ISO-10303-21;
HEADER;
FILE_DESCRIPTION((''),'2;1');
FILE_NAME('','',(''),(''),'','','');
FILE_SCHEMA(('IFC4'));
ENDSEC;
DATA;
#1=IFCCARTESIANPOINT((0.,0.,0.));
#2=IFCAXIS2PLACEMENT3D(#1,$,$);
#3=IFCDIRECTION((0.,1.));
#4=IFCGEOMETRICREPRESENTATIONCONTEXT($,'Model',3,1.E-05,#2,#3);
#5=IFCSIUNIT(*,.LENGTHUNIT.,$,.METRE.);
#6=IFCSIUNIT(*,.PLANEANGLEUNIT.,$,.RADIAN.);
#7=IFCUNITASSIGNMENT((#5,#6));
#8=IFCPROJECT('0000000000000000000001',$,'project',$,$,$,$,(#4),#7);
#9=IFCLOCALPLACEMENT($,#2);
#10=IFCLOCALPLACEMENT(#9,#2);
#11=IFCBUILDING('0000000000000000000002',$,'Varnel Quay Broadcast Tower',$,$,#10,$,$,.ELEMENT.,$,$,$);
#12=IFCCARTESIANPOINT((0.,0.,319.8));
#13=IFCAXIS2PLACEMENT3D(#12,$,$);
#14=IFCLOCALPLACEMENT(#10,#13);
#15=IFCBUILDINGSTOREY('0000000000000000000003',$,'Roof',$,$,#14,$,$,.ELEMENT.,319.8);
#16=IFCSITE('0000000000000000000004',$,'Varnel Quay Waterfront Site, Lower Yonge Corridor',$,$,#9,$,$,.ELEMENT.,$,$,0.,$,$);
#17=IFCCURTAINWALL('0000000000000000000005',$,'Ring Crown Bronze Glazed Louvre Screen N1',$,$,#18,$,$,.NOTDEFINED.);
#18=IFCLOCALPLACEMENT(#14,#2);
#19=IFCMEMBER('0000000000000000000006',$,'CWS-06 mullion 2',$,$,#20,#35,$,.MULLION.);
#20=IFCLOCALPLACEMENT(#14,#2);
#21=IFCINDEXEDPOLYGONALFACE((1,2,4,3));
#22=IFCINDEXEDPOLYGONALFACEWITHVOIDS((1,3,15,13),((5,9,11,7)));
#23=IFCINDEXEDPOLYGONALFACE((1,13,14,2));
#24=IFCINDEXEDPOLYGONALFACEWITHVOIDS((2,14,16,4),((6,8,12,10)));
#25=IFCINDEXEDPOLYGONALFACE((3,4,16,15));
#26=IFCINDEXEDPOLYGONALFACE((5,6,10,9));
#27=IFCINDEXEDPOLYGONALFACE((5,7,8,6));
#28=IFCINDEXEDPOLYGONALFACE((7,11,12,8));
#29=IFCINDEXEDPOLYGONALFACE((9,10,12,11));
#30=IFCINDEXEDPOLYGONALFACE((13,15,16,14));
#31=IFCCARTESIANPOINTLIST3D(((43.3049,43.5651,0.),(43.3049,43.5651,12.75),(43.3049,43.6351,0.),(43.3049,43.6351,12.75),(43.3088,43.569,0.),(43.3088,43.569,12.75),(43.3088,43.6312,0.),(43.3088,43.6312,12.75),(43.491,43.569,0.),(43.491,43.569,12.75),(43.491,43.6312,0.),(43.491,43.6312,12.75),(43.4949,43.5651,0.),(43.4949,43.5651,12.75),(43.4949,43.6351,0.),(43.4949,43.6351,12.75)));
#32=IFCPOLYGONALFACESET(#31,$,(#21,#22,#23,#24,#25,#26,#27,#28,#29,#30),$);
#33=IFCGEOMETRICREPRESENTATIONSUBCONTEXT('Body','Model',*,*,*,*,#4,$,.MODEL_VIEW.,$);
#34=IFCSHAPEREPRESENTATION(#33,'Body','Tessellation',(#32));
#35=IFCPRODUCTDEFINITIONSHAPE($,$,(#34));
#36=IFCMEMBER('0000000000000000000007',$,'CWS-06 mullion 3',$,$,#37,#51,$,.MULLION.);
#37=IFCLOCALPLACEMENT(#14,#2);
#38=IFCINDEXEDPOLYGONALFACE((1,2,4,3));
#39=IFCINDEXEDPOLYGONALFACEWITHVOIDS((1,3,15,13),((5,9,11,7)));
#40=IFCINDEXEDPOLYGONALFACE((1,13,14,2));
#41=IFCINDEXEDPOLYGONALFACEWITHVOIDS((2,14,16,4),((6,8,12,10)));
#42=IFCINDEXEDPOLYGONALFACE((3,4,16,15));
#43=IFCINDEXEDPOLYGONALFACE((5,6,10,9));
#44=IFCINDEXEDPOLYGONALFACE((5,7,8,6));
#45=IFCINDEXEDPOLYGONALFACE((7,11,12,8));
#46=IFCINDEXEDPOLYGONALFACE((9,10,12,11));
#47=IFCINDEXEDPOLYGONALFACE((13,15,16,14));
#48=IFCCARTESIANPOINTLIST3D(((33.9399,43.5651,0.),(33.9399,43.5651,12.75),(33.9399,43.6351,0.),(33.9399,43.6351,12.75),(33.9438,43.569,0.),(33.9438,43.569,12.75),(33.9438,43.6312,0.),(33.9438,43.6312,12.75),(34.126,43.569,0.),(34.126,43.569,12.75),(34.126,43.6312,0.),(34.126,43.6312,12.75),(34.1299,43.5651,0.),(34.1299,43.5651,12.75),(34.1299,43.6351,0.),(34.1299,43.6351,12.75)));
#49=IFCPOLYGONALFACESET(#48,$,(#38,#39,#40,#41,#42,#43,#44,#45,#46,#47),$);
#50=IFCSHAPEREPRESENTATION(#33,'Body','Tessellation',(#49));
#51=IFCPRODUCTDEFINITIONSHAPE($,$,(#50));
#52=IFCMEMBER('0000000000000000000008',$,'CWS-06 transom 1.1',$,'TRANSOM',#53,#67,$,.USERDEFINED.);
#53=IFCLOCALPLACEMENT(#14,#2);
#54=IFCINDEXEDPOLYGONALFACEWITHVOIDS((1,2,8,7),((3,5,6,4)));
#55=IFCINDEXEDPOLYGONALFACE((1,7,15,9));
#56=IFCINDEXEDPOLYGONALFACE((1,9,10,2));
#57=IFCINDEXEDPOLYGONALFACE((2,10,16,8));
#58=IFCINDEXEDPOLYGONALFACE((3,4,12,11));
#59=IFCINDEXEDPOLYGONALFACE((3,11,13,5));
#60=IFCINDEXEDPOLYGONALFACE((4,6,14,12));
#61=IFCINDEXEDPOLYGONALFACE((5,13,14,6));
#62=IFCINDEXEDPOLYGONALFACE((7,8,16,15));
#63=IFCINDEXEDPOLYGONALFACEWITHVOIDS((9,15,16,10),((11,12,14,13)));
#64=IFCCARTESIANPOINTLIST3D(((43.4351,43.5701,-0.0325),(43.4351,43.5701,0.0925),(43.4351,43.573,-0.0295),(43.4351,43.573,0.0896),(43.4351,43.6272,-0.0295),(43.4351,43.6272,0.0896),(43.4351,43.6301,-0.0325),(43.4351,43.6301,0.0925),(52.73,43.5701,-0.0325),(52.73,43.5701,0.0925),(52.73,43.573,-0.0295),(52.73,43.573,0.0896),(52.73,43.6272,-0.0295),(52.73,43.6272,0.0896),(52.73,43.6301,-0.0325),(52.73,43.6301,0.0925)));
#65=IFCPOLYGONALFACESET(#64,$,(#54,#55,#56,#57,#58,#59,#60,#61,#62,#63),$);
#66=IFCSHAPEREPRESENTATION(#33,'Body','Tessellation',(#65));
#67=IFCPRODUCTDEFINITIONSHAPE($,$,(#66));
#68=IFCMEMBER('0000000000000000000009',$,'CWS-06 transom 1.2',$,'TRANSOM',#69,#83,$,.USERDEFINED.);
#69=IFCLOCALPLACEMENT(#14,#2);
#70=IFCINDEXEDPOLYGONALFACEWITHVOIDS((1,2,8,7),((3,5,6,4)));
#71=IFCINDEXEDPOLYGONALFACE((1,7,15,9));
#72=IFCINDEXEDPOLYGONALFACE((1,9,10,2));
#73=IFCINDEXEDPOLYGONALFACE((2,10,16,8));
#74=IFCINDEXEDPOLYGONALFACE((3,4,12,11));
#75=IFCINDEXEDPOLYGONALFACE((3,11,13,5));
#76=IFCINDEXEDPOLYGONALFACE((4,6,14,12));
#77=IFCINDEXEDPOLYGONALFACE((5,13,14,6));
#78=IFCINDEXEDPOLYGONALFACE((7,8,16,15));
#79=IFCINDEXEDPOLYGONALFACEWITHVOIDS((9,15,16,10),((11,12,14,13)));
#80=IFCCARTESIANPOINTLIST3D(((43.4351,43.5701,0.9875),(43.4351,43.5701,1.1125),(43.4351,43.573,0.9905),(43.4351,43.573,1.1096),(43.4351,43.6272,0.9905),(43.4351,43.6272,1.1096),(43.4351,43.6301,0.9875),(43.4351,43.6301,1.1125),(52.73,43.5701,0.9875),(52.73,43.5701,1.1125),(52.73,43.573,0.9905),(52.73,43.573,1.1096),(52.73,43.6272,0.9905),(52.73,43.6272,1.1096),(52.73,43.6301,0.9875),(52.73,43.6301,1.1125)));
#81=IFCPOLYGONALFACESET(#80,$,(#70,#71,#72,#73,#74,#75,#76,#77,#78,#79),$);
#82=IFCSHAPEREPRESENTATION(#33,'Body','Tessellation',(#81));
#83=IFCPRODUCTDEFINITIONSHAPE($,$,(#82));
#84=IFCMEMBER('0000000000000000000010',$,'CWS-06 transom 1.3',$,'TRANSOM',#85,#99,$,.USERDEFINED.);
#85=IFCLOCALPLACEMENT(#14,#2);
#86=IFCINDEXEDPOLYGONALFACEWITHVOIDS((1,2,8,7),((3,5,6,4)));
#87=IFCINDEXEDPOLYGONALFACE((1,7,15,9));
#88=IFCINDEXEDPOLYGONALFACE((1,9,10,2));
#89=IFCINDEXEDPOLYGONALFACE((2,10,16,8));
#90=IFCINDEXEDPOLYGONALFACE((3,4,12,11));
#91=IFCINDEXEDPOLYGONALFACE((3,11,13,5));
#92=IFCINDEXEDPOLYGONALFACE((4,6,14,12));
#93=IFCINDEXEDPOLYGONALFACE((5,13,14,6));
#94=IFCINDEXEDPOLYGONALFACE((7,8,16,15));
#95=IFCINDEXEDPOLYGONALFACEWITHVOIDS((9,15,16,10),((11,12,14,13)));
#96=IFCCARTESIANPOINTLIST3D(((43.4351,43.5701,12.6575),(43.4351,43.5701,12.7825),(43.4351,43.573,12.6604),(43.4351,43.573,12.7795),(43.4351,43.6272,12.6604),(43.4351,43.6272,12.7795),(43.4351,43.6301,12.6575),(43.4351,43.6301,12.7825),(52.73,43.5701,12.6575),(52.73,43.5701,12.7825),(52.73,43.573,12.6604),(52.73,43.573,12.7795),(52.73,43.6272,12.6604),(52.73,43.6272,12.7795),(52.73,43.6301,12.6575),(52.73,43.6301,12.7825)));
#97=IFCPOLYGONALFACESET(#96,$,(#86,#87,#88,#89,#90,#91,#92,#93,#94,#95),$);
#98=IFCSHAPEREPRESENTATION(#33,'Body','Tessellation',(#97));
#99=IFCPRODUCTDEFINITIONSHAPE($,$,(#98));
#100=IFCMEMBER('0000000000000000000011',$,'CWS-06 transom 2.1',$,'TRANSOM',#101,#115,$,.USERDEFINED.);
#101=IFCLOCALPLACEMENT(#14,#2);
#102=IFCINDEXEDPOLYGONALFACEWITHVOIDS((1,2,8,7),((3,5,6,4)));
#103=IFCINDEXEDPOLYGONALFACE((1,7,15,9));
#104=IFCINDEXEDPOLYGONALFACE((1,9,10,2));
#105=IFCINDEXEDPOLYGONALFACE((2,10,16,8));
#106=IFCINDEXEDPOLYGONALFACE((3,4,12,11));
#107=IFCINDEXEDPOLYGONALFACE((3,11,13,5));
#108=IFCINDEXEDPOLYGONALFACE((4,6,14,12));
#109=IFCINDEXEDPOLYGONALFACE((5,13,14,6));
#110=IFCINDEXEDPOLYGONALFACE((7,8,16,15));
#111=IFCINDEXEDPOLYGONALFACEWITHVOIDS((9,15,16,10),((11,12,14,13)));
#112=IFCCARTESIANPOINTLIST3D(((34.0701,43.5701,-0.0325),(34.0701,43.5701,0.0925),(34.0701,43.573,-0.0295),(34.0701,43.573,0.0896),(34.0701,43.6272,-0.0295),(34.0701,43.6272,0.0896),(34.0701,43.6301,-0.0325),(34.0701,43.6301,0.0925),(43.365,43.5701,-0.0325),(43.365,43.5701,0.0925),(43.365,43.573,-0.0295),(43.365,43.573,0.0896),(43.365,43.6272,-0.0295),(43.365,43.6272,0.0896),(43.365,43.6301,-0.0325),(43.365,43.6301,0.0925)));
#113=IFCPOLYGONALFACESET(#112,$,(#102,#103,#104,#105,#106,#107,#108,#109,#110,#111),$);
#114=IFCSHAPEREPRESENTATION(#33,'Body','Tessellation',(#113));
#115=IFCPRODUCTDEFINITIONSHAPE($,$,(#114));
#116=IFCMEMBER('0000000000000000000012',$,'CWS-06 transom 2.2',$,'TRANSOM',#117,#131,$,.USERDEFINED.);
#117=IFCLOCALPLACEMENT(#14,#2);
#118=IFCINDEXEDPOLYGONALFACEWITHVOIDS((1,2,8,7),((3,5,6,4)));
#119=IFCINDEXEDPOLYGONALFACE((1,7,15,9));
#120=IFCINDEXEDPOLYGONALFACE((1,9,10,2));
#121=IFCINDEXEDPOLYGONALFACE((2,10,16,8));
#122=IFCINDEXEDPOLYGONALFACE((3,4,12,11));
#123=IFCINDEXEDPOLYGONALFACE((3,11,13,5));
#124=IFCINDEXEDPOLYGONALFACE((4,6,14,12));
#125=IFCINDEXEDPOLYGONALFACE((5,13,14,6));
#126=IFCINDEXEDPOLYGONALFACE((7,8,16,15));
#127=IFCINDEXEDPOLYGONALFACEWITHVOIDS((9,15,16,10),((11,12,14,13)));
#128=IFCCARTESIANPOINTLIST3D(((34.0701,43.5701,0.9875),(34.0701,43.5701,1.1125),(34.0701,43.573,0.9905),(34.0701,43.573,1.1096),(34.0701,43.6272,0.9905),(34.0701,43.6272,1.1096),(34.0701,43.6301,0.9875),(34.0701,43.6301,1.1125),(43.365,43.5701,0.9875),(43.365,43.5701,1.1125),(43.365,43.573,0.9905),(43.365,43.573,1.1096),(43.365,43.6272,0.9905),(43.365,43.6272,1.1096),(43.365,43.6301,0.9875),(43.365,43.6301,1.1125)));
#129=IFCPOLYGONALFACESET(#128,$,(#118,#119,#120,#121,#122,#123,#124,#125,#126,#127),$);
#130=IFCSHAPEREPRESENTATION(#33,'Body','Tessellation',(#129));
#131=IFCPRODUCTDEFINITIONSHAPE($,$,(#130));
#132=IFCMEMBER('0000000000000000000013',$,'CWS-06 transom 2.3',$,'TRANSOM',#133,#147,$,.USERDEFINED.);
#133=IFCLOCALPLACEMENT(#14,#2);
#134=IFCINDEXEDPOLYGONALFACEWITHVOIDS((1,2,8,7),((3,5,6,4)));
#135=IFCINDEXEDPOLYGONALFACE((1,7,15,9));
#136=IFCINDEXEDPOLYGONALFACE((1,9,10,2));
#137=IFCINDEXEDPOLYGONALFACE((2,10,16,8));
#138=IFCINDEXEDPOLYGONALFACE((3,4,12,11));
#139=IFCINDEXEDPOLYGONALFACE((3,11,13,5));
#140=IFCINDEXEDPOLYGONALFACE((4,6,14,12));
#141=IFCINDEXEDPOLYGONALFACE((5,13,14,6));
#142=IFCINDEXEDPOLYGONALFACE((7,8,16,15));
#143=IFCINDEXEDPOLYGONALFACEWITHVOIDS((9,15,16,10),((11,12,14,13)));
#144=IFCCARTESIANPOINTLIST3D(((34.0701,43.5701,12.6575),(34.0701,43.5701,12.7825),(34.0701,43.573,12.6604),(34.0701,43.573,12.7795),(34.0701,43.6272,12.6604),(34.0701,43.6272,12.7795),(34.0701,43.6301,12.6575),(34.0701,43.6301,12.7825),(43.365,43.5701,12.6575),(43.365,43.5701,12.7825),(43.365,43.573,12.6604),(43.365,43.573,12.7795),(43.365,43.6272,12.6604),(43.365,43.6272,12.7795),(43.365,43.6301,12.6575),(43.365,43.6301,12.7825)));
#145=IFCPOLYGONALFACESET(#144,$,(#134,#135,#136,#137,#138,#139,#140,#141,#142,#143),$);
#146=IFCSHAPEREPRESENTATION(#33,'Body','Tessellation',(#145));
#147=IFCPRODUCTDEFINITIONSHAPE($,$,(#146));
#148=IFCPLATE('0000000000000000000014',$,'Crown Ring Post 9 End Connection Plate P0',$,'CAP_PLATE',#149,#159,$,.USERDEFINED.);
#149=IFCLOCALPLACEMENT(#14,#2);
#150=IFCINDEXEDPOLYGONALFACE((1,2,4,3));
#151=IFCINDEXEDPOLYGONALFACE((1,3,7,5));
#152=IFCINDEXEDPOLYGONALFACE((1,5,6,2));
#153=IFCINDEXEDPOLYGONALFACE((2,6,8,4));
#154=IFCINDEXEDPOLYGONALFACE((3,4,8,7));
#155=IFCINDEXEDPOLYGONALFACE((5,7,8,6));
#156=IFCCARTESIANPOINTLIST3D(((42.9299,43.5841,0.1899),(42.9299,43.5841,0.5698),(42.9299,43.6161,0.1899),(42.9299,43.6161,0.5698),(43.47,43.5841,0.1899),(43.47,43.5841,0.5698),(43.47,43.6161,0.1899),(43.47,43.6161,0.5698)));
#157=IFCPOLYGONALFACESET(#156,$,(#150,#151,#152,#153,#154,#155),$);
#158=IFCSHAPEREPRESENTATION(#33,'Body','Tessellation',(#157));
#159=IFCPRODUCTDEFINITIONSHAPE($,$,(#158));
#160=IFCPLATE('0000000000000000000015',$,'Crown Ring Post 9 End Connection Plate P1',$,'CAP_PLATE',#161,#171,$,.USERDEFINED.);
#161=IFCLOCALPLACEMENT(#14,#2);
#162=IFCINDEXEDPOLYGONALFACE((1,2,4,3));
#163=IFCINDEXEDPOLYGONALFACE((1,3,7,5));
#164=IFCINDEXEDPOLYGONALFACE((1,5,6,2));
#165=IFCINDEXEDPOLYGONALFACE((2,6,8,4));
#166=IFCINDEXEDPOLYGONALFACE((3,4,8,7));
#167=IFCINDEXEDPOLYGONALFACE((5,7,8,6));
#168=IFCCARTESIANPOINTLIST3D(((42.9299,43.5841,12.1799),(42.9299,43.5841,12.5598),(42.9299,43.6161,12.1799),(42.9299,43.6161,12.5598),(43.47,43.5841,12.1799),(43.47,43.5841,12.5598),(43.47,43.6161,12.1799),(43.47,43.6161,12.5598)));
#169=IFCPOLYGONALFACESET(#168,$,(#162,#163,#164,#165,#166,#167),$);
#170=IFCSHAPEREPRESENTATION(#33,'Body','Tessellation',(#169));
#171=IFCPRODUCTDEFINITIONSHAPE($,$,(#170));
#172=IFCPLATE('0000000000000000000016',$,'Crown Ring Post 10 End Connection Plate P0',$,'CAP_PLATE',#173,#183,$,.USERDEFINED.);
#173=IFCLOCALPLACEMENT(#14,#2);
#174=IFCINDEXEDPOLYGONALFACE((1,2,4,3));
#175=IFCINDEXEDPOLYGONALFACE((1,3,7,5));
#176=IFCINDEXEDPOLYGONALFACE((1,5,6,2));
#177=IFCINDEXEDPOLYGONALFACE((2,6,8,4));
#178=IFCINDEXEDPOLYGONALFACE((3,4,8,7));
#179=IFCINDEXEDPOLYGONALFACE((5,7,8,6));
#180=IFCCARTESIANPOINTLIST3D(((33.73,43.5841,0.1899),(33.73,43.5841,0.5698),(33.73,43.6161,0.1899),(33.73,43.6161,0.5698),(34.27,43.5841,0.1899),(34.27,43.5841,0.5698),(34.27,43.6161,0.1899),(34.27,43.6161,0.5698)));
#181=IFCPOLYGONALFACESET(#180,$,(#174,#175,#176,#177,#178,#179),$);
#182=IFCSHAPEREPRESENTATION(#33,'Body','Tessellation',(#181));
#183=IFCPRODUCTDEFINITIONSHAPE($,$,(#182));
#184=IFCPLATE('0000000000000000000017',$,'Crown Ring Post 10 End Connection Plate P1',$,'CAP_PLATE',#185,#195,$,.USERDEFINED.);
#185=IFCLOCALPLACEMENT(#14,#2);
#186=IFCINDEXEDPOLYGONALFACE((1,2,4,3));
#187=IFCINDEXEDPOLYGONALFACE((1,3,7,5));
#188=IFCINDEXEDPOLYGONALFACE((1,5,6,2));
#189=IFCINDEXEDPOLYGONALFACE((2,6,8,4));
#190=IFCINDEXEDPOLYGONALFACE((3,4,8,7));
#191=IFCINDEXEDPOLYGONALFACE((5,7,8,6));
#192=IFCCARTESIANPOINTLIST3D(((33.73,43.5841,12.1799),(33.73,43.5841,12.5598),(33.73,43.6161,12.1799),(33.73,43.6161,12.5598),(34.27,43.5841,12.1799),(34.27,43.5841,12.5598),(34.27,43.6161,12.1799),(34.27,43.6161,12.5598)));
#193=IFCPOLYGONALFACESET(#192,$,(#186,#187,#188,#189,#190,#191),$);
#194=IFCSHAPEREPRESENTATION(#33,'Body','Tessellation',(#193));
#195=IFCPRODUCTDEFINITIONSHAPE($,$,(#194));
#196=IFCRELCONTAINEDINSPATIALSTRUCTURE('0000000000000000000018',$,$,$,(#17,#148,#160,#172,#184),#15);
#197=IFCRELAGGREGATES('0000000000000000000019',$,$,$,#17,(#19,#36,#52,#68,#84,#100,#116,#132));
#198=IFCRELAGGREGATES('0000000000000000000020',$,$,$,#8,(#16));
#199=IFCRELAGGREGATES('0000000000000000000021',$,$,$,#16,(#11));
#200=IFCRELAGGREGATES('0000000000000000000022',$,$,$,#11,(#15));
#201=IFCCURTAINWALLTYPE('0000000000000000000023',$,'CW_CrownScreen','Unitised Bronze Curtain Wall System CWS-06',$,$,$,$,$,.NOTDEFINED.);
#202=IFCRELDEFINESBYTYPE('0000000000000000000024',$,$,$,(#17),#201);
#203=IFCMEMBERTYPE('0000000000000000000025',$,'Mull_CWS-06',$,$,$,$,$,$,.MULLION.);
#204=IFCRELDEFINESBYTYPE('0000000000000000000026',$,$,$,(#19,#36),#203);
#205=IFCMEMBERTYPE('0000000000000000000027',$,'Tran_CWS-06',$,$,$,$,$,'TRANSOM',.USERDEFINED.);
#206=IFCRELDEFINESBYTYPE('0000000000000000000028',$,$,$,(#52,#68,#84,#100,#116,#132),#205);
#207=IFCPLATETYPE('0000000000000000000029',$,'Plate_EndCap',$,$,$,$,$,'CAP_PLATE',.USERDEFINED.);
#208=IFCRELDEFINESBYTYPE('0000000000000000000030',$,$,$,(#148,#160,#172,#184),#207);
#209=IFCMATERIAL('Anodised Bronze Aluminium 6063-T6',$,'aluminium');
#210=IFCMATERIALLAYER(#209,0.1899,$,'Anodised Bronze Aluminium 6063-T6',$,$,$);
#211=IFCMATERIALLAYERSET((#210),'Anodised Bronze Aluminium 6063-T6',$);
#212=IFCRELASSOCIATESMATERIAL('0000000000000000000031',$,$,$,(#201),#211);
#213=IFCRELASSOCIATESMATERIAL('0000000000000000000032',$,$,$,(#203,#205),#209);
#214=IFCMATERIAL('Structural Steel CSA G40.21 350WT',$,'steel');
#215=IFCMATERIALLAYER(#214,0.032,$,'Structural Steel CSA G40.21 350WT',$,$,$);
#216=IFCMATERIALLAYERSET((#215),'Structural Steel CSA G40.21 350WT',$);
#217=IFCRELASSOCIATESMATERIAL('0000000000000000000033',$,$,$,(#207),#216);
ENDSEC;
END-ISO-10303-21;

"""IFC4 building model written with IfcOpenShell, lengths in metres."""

from ifc_helpers import new_model, si_unit, direction, frame, origin, origin_2d, place, context, subcontext, project, spatial, rectangle, hollow_rectangle, extrude, source, transform, mapped, material, layer, layer_set, material_profile, profile_set, type_object, type_shapes, element, aggregate, save


model = new_model("IFC4")

# Units and contexts
model_context = context("Model", 3, precision=1e-05, world=origin(), true_north=direction((0.0, 1.0)))
body_context = subcontext(model_context, "Body", "Model", "MODEL_VIEW")
ifc_project = project(units=[si_unit("LENGTHUNIT", "METRE"), si_unit("PLANEANGLEUNIT", "RADIAN")], contexts=[model_context])

# Site, building, storey
site_placement = place(None, origin())
site = spatial("IfcSite", under=ifc_project, at=site_placement, Name="Varnel Quay Waterfront Site, Lower Yonge Corridor", CompositionType="ELEMENT", RefElevation=0.0)
building_placement = place(site_placement, origin())
building = spatial("IfcBuilding", under=site, at=building_placement, Name="Varnel Quay Broadcast Tower", CompositionType="ELEMENT")
storey_placement = place(building_placement, frame((0.0, 0.0, 319.8)))
storey = spatial("IfcBuildingStorey", under=building, at=storey_placement, Name="Roof", CompositionType="ELEMENT", Elevation=319.8)

# Shared definitions
ifc_material_1 = material(Name="Structural Steel CSA G40.21 350WT", Category="steel")

# Curtain wall, members
ifc_material_2 = material(Name="Anodised Bronze Aluminium 6063-T6", Category="aluminium")
ifc_layer_1 = layer(ifc_material_2, 0.1899, Name="Anodised Bronze Aluminium 6063-T6")
ifc_layer_set_1 = layer_set([ifc_layer_1], Name="Anodised Bronze Aluminium 6063-T6")
curtain_wall_type = type_object("IfcCurtainWallType", Name="CW_CrownScreen", Description="Unitised Bronze Curtain Wall System CWS-06", PredefinedType="NOTDEFINED", material=ifc_layer_set_1)
curtain_wall_placement = place(storey_placement, origin())
curtain_wall = element("IfcCurtainWall", 1, at=curtain_wall_placement, inside=storey, type_object=curtain_wall_type, Name="Ring Crown Bronze Glazed Louvre Screen N1", PredefinedType="NOTDEFINED")
ifc_material_profile_1 = material_profile(ifc_material_2, hollow_rectangle(XDim=0.0701, YDim=0.1899, WallThickness=0.0039, at=origin_2d()), Name="ALU70X190X4")
ifc_profile_set_1 = profile_set([ifc_material_profile_1], Name="Anodised Bronze Aluminium 6063-T6")
member_type_1 = type_object("IfcMemberType", Name="Mull_CWS-06", PredefinedType="MULLION", material=ifc_profile_set_1)
shared_shape_1 = source(origin(), body_context, "Body", "SweptSolid", [
    extrude(hollow_rectangle(XDim=0.0701, YDim=0.1899, WallThickness=0.0039, at=origin_2d()), origin(), (0.0, 0.0, 1.0), 12.75),
])
type_shapes(member_type_1, [shared_shape_1])
member_1_placement = place(storey_placement, frame((43.3999, 43.6001, 0.0), z_axis=(0.0, 0.0, 1.0), x_axis=(0.0, -1.0, 0.0)))
member_1 = element("IfcMember", 2, at=member_1_placement, type_object=member_type_1, Name="CWS-06 mullion 2", PredefinedType="MULLION", context=body_context, shape_type="MappedRepresentation", body=[
    mapped(shared_shape_1, transform((0.0, 0.0, 0.0), x_axis=(1.0, 0.0, 0.0), y_axis=(0.0, 1.0, 0.0), z_axis=(0.0, 0.0, 1.0), scale=1.0)),
])
member_2_placement = place(storey_placement, frame((34.0349, 43.6001, 0.0), z_axis=(0.0, 0.0, 1.0), x_axis=(0.0, -1.0, 0.0)))
member_2 = element("IfcMember", 3, at=member_2_placement, type_object=member_type_1, Name="CWS-06 mullion 3", PredefinedType="MULLION", context=body_context, shape_type="MappedRepresentation", body=[
    mapped(shared_shape_1, transform((0.0, 0.0, 0.0), x_axis=(1.0, 0.0, 0.0), y_axis=(0.0, 1.0, 0.0), z_axis=(0.0, 0.0, 1.0), scale=1.0)),
])
ifc_material_profile_2 = material_profile(ifc_material_2, hollow_rectangle(XDim=0.0601, YDim=0.125, WallThickness=0.0029, at=origin_2d()), Name="ALU60X125X3")
ifc_profile_set_2 = profile_set([ifc_material_profile_2], Name="Anodised Bronze Aluminium 6063-T6")
member_type_2 = type_object("IfcMemberType", Name="Tran_CWS-06", ElementType="TRANSOM", PredefinedType="USERDEFINED", material=ifc_profile_set_2)
shared_shape_2 = source(origin(), body_context, "Body", "SweptSolid", [
    extrude(hollow_rectangle(XDim=0.0601, YDim=0.125, WallThickness=0.0029, at=origin_2d()), origin(), (0.0, 0.0, 1.0), 9.2949),
])
type_shapes(member_type_2, [shared_shape_2])
member_3_placement = place(storey_placement, frame((52.73, 43.6001, 0.03), z_axis=(-1.0, 0.0, 0.0), x_axis=(0.0, -1.0, 0.0)))
member_3 = element("IfcMember", 4, at=member_3_placement, type_object=member_type_2, Name="CWS-06 transom 1.1", ObjectType="TRANSOM", PredefinedType="USERDEFINED", context=body_context, shape_type="MappedRepresentation", body=[
    mapped(shared_shape_2, transform((0.0, 0.0, 0.0), x_axis=(1.0, 0.0, 0.0), y_axis=(0.0, 1.0, 0.0), z_axis=(0.0, 0.0, 1.0), scale=1.0)),
])
member_4_placement = place(storey_placement, frame((52.73, 43.6001, 1.05), z_axis=(-1.0, 0.0, 0.0), x_axis=(0.0, -1.0, 0.0)))
member_4 = element("IfcMember", 5, at=member_4_placement, type_object=member_type_2, Name="CWS-06 transom 1.2", ObjectType="TRANSOM", PredefinedType="USERDEFINED", context=body_context, shape_type="MappedRepresentation", body=[
    mapped(shared_shape_2, transform((0.0, 0.0, 0.0), x_axis=(1.0, 0.0, 0.0), y_axis=(0.0, 1.0, 0.0), z_axis=(0.0, 0.0, 1.0), scale=1.0)),
])
member_5_placement = place(storey_placement, frame((52.73, 43.6001, 12.72), z_axis=(-1.0, 0.0, 0.0), x_axis=(0.0, -1.0, 0.0)))
member_5 = element("IfcMember", 6, at=member_5_placement, type_object=member_type_2, Name="CWS-06 transom 1.3", ObjectType="TRANSOM", PredefinedType="USERDEFINED", context=body_context, shape_type="MappedRepresentation", body=[
    mapped(shared_shape_2, transform((0.0, 0.0, 0.0), x_axis=(1.0, 0.0, 0.0), y_axis=(0.0, 1.0, 0.0), z_axis=(0.0, 0.0, 1.0), scale=1.0)),
])
member_6_placement = place(storey_placement, frame((43.365, 43.6001, 0.03), z_axis=(-1.0, 0.0, 0.0), x_axis=(0.0, -1.0, 0.0)))
member_6 = element("IfcMember", 7, at=member_6_placement, type_object=member_type_2, Name="CWS-06 transom 2.1", ObjectType="TRANSOM", PredefinedType="USERDEFINED", context=body_context, shape_type="MappedRepresentation", body=[
    mapped(shared_shape_2, transform((0.0, 0.0, 0.0), x_axis=(1.0, 0.0, 0.0), y_axis=(0.0, 1.0, 0.0), z_axis=(0.0, 0.0, 1.0), scale=1.0)),
])
member_7_placement = place(storey_placement, frame((43.365, 43.6001, 1.05), z_axis=(-1.0, 0.0, 0.0), x_axis=(0.0, -1.0, 0.0)))
member_7 = element("IfcMember", 8, at=member_7_placement, type_object=member_type_2, Name="CWS-06 transom 2.2", ObjectType="TRANSOM", PredefinedType="USERDEFINED", context=body_context, shape_type="MappedRepresentation", body=[
    mapped(shared_shape_2, transform((0.0, 0.0, 0.0), x_axis=(1.0, 0.0, 0.0), y_axis=(0.0, 1.0, 0.0), z_axis=(0.0, 0.0, 1.0), scale=1.0)),
])
member_8_placement = place(storey_placement, frame((43.365, 43.6001, 12.72), z_axis=(-1.0, 0.0, 0.0), x_axis=(0.0, -1.0, 0.0)))
member_8 = element("IfcMember", 9, at=member_8_placement, type_object=member_type_2, Name="CWS-06 transom 2.3", ObjectType="TRANSOM", PredefinedType="USERDEFINED", context=body_context, shape_type="MappedRepresentation", body=[
    mapped(shared_shape_2, transform((0.0, 0.0, 0.0), x_axis=(1.0, 0.0, 0.0), y_axis=(0.0, 1.0, 0.0), z_axis=(0.0, 0.0, 1.0), scale=1.0)),
])

# Plates
ifc_layer_2 = layer(ifc_material_1, 0.032, Name="Structural Steel CSA G40.21 350WT")
ifc_layer_set_2 = layer_set([ifc_layer_2], Name="Structural Steel CSA G40.21 350WT")
plate_type_1 = type_object("IfcPlateType", Name="Plate_EndCap", ElementType="CAP_PLATE", PredefinedType="USERDEFINED", material=ifc_layer_set_2)
shared_shape_3 = source(origin(), body_context, "Body", "SweptSolid", [
    extrude(rectangle(XDim=0.54, YDim=0.032, at=origin_2d()), origin(), (0.0, 0.0, 1.0), 0.3799),
])
type_shapes(plate_type_1, [shared_shape_3])
for number, where, z_axis, x_axis, name in (
    (10, (43.2, 43.6001, 0.1899), (0.0, 0.0, 1.0), (1.0, 0.0, 0.0), "Crown Ring Post 9 End Connection Plate P0"),
    (11, (43.2, 43.6001, 12.1799), (0.0, 0.0, 1.0), (1.0, 0.0, 0.0), "Crown Ring Post 9 End Connection Plate P1"),
    (12, (34.0, 43.6001, 0.1899), (0.0, 0.0, 1.0), (1.0, 0.0, 0.0), "Crown Ring Post 10 End Connection Plate P0"),
    (13, (34.0, 43.6001, 12.1799), (0.0, 0.0, 1.0), (1.0, 0.0, 0.0), "Crown Ring Post 10 End Connection Plate P1"),
):
    element("IfcPlate", number, at=place(storey_placement, frame(where, z_axis=z_axis, x_axis=x_axis)), inside=storey, type_object=plate_type_1, Name=name, ObjectType="CAP_PLATE", PredefinedType="USERDEFINED", context=body_context, shape_type="MappedRepresentation", body=[
        mapped(shared_shape_3, transform((0.0, 0.0, 0.0), x_axis=(1.0, 0.0, 0.0), y_axis=(0.0, 1.0, 0.0), z_axis=(0.0, 0.0, 1.0), scale=1.0)),
    ])

aggregate(curtain_wall, [member_1, member_2, member_3, member_4, member_5, member_6, member_7, member_8])

save(model, "model.ifc")
